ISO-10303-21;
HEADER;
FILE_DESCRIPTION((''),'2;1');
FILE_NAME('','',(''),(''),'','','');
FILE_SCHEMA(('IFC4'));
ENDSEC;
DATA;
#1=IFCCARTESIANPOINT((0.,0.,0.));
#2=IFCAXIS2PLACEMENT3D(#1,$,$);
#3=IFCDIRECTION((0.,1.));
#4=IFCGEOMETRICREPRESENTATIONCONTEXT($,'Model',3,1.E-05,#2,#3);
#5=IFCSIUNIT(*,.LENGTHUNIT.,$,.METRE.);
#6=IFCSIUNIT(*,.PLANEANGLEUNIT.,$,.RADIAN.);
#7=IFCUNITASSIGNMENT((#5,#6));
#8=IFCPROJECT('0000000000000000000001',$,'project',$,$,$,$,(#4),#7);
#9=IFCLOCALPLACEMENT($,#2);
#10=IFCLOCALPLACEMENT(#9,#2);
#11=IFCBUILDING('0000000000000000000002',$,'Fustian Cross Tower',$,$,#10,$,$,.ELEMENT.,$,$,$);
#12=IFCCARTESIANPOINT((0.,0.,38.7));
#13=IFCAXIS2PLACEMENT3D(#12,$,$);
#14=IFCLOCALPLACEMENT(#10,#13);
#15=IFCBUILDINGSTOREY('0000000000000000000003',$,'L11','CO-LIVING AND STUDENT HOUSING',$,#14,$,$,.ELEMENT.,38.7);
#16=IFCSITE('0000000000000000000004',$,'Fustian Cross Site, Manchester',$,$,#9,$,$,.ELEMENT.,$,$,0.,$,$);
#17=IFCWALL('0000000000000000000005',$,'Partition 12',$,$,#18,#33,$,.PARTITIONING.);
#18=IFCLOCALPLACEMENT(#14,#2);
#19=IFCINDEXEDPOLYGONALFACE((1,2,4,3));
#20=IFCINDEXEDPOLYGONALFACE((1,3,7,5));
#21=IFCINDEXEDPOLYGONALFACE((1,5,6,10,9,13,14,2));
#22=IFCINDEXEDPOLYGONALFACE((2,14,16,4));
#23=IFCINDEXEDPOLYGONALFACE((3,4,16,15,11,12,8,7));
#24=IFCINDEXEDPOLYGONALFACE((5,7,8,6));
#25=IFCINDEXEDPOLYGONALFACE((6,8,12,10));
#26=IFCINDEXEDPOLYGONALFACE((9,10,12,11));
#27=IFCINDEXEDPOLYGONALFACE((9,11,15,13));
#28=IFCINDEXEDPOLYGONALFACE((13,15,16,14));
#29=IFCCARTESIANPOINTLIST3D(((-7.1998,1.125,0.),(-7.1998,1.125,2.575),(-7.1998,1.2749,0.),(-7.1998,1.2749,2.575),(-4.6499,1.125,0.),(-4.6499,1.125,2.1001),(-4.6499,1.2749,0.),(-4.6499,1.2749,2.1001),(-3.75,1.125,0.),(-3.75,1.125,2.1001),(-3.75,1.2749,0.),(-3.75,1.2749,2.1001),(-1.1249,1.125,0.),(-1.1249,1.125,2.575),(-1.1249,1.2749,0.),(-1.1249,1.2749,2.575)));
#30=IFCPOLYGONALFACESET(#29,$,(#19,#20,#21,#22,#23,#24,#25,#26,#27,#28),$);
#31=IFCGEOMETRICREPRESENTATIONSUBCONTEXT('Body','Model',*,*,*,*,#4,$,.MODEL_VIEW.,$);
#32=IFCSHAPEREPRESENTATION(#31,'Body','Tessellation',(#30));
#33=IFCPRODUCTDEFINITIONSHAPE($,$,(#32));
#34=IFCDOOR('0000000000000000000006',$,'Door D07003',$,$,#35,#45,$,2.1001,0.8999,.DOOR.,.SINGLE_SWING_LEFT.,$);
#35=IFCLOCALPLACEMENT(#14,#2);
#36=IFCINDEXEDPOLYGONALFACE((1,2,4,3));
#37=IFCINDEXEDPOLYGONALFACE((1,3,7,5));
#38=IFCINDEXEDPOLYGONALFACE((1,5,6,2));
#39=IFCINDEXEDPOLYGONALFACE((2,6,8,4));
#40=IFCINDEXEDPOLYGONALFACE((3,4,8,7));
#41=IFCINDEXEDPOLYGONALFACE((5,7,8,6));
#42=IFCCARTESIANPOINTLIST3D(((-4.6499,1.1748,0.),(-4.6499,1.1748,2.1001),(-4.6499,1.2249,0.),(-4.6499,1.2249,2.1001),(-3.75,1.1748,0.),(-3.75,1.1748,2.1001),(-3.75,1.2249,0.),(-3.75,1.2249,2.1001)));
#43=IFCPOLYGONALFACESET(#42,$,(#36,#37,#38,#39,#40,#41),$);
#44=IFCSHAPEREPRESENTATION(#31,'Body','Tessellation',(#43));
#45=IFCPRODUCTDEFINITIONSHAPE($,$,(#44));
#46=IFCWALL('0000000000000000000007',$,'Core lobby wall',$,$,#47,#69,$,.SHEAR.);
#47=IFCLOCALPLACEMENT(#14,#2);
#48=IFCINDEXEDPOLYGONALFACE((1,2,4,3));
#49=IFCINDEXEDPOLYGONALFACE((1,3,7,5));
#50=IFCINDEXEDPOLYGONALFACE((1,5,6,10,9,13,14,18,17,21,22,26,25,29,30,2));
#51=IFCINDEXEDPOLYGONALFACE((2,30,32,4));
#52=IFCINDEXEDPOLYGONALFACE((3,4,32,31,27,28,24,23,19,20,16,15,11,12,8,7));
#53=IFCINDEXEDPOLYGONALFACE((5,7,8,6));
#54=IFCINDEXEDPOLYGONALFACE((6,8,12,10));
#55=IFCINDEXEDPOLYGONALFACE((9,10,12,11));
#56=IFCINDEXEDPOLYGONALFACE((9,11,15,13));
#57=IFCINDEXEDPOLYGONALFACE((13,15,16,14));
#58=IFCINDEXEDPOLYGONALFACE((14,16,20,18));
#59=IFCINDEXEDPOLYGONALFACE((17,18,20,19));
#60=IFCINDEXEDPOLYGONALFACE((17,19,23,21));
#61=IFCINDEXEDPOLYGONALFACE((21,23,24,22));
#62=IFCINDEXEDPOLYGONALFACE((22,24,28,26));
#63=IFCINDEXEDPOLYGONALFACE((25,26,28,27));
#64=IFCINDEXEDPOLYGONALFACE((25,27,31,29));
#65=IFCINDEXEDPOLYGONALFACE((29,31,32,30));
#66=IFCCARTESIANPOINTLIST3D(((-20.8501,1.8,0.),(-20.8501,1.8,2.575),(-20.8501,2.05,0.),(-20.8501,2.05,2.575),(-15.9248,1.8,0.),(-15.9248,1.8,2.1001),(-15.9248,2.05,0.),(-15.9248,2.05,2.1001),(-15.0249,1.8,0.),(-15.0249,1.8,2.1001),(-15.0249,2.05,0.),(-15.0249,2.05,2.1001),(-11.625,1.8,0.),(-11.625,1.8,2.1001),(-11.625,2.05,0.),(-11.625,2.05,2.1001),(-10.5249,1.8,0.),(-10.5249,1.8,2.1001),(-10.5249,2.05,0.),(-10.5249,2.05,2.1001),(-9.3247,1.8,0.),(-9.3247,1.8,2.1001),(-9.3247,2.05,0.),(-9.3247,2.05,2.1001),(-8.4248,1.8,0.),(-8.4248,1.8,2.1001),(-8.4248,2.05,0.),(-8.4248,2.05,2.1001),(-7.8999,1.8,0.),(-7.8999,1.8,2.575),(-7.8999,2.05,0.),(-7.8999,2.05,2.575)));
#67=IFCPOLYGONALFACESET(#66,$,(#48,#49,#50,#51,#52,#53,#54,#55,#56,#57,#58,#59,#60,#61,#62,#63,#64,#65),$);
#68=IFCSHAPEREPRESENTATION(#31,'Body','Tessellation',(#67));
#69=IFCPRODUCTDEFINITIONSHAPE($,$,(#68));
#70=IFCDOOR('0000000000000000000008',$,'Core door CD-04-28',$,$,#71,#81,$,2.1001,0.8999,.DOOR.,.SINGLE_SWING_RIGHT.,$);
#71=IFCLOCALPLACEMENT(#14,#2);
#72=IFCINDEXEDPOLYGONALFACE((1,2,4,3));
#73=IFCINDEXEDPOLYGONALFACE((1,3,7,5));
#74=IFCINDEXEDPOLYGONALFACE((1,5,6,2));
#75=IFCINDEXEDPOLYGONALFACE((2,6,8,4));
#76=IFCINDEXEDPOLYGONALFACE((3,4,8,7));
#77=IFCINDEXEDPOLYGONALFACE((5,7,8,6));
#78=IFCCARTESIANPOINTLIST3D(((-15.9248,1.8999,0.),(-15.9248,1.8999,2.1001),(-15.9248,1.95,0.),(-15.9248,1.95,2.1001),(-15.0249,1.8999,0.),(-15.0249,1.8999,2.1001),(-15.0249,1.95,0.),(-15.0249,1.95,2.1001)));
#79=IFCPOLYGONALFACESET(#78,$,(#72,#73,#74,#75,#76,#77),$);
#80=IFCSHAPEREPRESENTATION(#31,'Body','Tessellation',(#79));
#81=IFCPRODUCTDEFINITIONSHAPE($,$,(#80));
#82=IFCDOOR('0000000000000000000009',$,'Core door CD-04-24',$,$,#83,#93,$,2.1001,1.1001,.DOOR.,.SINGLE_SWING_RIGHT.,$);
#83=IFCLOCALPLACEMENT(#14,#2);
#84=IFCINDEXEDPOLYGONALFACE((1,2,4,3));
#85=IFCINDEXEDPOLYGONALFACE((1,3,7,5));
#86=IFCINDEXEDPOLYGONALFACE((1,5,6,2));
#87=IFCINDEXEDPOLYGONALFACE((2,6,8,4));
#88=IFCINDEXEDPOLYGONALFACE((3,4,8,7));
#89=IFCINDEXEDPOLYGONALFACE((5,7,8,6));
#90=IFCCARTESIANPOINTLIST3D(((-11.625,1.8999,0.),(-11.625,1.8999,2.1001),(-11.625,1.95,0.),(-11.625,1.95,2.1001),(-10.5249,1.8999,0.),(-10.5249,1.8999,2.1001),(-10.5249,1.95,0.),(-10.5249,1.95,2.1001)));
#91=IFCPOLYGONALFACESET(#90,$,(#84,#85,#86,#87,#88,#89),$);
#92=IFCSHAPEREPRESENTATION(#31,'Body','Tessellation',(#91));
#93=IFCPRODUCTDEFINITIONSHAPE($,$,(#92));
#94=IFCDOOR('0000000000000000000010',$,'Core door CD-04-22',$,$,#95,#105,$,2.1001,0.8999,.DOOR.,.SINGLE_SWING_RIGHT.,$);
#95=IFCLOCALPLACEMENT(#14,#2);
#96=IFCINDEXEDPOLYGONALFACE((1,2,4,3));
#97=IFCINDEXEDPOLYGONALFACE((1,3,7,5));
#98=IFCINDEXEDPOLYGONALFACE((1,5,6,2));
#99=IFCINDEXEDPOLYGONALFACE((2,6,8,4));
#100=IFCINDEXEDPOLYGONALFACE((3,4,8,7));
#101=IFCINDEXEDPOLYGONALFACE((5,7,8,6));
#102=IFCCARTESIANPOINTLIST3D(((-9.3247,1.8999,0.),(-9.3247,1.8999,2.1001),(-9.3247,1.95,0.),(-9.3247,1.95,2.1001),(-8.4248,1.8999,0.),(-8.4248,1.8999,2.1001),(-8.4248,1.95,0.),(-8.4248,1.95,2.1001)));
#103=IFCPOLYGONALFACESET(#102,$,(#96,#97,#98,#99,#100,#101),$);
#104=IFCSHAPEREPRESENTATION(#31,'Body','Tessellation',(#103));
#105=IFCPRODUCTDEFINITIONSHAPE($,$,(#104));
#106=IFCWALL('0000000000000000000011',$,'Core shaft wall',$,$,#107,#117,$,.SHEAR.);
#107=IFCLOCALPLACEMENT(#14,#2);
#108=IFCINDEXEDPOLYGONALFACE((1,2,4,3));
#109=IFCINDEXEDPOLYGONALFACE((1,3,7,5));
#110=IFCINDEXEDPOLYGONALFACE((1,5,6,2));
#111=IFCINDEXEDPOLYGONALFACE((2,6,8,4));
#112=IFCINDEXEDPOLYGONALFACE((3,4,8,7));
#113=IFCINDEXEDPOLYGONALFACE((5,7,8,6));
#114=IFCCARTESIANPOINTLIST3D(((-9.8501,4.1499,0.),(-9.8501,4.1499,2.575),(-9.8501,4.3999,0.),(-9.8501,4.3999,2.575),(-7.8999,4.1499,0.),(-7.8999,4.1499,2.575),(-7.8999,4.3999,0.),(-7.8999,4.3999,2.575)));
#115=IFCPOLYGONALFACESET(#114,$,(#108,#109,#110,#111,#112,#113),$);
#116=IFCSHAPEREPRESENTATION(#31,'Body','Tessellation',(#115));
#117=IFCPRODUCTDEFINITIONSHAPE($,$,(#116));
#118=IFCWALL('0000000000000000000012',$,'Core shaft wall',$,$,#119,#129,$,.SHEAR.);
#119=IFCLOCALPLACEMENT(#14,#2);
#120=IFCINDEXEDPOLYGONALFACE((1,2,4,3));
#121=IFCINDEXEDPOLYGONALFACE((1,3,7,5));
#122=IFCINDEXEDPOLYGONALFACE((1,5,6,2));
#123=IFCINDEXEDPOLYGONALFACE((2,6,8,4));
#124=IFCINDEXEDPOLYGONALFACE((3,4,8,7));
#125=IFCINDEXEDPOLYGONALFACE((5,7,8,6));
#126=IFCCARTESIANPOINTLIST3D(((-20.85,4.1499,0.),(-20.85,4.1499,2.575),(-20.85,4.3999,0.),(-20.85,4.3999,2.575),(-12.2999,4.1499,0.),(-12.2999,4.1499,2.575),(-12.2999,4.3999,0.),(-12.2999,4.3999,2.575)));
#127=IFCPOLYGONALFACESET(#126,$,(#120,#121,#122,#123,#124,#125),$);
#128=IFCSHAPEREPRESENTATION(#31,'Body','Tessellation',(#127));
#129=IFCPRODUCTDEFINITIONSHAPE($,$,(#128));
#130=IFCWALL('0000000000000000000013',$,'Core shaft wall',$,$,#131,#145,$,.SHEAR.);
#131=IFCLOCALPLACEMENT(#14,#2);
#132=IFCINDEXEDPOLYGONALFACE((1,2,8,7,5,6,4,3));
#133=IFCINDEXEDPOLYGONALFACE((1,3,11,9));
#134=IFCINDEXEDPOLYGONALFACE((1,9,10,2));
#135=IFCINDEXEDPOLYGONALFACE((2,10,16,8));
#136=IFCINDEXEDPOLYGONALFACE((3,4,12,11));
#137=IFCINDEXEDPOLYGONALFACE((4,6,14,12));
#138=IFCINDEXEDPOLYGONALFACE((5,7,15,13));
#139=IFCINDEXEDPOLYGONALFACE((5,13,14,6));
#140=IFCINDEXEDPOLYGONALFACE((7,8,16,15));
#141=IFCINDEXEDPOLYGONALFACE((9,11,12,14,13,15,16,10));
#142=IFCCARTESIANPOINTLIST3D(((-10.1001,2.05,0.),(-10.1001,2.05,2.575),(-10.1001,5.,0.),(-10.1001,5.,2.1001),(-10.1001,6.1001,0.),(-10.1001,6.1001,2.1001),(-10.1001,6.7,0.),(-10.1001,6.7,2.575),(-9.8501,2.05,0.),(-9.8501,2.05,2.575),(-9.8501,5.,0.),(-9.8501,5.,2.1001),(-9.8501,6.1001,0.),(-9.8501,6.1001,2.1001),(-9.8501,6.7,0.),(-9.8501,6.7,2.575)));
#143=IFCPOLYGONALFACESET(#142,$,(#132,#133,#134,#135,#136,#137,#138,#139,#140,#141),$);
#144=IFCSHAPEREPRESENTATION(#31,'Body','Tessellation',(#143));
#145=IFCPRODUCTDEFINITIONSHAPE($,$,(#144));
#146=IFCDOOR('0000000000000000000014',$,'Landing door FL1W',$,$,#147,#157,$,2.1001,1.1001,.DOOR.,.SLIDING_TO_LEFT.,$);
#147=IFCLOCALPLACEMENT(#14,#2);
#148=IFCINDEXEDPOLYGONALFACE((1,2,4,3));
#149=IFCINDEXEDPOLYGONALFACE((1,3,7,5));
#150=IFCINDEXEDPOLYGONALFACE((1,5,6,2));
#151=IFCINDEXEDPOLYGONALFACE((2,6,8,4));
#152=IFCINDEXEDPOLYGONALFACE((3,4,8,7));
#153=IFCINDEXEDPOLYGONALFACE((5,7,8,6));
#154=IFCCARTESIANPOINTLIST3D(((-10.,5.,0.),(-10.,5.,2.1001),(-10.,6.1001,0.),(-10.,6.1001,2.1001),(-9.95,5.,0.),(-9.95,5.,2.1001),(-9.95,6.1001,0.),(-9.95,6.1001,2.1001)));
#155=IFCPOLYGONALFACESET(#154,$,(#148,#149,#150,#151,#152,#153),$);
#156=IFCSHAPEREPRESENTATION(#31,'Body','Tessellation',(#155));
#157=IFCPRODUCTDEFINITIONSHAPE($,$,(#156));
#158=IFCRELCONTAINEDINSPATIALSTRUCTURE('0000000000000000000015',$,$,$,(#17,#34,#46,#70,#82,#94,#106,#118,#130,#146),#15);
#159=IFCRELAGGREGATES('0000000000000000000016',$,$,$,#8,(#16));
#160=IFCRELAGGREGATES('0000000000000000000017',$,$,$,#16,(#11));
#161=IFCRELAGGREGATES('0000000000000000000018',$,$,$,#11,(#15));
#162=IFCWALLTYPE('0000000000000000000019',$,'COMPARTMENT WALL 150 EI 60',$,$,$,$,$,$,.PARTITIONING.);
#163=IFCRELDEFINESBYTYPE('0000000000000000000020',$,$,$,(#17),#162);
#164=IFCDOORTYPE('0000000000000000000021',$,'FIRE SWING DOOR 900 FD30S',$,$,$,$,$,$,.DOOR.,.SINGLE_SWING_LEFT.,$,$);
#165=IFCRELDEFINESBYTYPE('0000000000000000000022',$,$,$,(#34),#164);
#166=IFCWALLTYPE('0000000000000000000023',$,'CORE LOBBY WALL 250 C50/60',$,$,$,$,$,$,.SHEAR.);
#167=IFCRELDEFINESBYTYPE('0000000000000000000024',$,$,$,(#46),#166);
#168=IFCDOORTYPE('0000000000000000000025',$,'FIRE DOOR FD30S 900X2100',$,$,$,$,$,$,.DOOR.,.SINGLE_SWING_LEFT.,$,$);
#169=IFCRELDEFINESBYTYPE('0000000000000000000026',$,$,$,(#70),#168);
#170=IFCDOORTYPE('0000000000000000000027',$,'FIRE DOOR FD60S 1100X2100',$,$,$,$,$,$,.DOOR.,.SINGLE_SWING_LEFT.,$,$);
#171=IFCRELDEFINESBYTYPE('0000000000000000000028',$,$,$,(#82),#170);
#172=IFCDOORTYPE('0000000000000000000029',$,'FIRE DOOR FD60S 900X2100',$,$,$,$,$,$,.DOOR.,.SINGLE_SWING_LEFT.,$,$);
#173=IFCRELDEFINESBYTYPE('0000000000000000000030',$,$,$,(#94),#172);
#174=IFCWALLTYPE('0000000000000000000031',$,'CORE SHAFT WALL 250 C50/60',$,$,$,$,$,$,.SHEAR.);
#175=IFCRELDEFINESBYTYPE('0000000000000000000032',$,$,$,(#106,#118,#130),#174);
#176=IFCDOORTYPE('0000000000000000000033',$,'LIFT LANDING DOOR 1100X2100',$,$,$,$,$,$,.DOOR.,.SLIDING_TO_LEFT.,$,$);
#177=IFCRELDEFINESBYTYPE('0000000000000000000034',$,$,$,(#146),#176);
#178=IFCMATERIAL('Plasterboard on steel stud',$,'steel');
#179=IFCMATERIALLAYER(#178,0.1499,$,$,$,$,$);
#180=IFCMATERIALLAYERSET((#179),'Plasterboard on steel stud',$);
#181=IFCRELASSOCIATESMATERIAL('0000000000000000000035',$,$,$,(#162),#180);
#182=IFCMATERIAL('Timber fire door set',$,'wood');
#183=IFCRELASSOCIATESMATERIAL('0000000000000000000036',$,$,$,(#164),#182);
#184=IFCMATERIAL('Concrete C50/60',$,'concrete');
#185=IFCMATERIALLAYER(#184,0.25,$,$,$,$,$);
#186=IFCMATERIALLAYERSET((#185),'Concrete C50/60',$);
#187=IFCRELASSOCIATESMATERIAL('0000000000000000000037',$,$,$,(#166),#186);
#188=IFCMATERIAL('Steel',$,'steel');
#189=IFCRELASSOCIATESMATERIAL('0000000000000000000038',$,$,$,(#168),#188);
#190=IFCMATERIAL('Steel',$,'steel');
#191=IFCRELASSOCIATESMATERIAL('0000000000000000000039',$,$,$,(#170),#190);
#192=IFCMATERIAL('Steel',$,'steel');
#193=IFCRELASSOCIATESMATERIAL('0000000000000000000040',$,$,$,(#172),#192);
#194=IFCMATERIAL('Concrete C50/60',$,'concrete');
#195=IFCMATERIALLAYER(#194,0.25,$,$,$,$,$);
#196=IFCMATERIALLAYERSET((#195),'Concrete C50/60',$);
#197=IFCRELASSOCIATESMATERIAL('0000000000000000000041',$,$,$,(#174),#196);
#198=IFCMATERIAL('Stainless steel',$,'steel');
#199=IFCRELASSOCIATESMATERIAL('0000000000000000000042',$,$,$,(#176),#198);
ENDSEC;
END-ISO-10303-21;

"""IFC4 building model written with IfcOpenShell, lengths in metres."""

from ifc_helpers import new_model, si_unit, direction, frame, frame_2d, origin, place, context, subcontext, project, spatial, rectangle, extrude, material, layer, layer_set, type_object, element, fill, save


model = new_model("IFC4")

# Units and contexts
model_context = context("Model", 3, precision=1e-05, world=origin(), true_north=direction((0.0, 1.0)))
body_context = subcontext(model_context, "Body", "Model", "MODEL_VIEW")
ifc_project = project(units=[si_unit("LENGTHUNIT", "METRE"), si_unit("PLANEANGLEUNIT", "RADIAN")], contexts=[model_context])

# Site, building, storey
site_placement = place(None, origin())
site = spatial("IfcSite", under=ifc_project, at=site_placement, Name="Fustian Cross Site, Manchester", CompositionType="ELEMENT", RefElevation=0.0)
building_placement = place(site_placement, origin())
building = spatial("IfcBuilding", under=site, at=building_placement, Name="Fustian Cross Tower", CompositionType="ELEMENT")
storey_placement = place(building_placement, frame((0.0, 0.0, 38.7)))
storey = spatial("IfcBuildingStorey", under=building, at=storey_placement, Name="L11", Description="CO-LIVING AND STUDENT HOUSING", CompositionType="ELEMENT", Elevation=38.7)

# Wall, opening, door
ifc_material_1 = material(Name="Plasterboard on steel stud", Category="steel")
ifc_layer_1 = layer(ifc_material_1, 0.1499)
ifc_layer_set_1 = layer_set([ifc_layer_1], Name="Plasterboard on steel stud")
wall_type_1 = type_object("IfcWallType", Name="COMPARTMENT WALL 150 EI 60", PredefinedType="PARTITIONING", material=ifc_layer_set_1)
wall_1_placement = place(storey_placement, frame((-7.2, 1.2, 0.0), z_axis=(0.0, 0.0, 1.0), x_axis=(1.0, 0.0, 0.0)))
wall_1 = element("IfcWall", 1, at=wall_1_placement, inside=storey, type_object=wall_type_1, Name="Partition 12", PredefinedType="PARTITIONING", context=body_context, shape_type="SweptSolid", body=[
    extrude(rectangle(XDim=6.075, YDim=0.1499, at=frame_2d((3.0376, 0.0))), origin(), (0.0, 0.0, 1.0), 2.575),
])
opening_1_placement = place(wall_1_placement, frame((2.55, 0.0, 0.0)))
opening_1 = element("IfcOpeningElement", 2, at=opening_1_placement, cuts=wall_1, PredefinedType="OPENING", context=body_context, shape_type="SweptSolid", body=[
    extrude(rectangle(XDim=0.8999, YDim=2.1001, at=frame_2d((0.45, 1.05))), frame((0.0, 0.085, 0.0), z_axis=(0.0, -1.0, 0.0), x_axis=(1.0, 0.0, 0.0)), (0.0, 0.0, 1.0), 0.1699),
])
ifc_material_2 = material(Name="Timber fire door set", Category="wood")
door_type_1 = type_object("IfcDoorType", Name="FIRE SWING DOOR 900 FD30S", OperationType="SINGLE_SWING_LEFT", PredefinedType="DOOR", material=ifc_material_2)
door_1_placement = place(opening_1_placement, origin())
door_1 = element("IfcDoor", 3, at=door_1_placement, inside=storey, type_object=door_type_1, Name="Door D07003", OperationType="SINGLE_SWING_LEFT", OverallHeight=2.1001, OverallWidth=0.8999, PredefinedType="DOOR", context=body_context, shape_type="SweptSolid", body=[
    extrude(rectangle(XDim=0.8999, YDim=2.1001, at=frame_2d((0.45, 1.05))), frame((0.0, 0.0249, 0.0), z_axis=(0.0, -1.0, 0.0), x_axis=(1.0, 0.0, 0.0)), (0.0, 0.0, 1.0), 0.05),
])
fill(opening_1, door_1)

# Wall, openings, doors
ifc_material_3 = material(Name="Concrete C50/60", Category="concrete")
ifc_layer_2 = layer(ifc_material_3, 0.25)
ifc_layer_set_2 = layer_set([ifc_layer_2], Name="Concrete C50/60")
wall_type_2 = type_object("IfcWallType", Name="CORE LOBBY WALL 250 C50/60", PredefinedType="SHEAR", material=ifc_layer_set_2)
wall_2_placement = place(storey_placement, frame((-7.8999, 1.925, 0.0), z_axis=(0.0, 0.0, 1.0), x_axis=(-1.0, 0.0, 0.0)))
wall_2 = element("IfcWall", 4, at=wall_2_placement, inside=storey, type_object=wall_type_2, Name="Core lobby wall", PredefinedType="SHEAR", context=body_context, shape_type="SweptSolid", body=[
    extrude(rectangle(XDim=12.9502, YDim=0.25, at=frame_2d((6.4751, 0.0))), origin(), (0.0, 0.0, 1.0), 2.575),
])
opening_2_placement = place(wall_2_placement, frame((0.5249, 0.0, 0.0)))
opening_2 = element("IfcOpeningElement", 5, at=opening_2_placement, cuts=wall_2, PredefinedType="OPENING", context=body_context, shape_type="SweptSolid", body=[
    extrude(rectangle(XDim=0.8999, YDim=2.1001, at=frame_2d((0.45, 1.05))), frame((0.0, 0.135, 0.0), z_axis=(0.0, -1.0, 0.0), x_axis=(1.0, 0.0, 0.0)), (0.0, 0.0, 1.0), 0.27),
])
opening_3_placement = place(wall_2_placement, frame((2.625, 0.0, 0.0)))
opening_3 = element("IfcOpeningElement", 6, at=opening_3_placement, cuts=wall_2, PredefinedType="OPENING", context=body_context, shape_type="SweptSolid", body=[
    extrude(rectangle(XDim=1.1001, YDim=2.1001, at=frame_2d((0.55, 1.05))), frame((0.0, 0.135, 0.0), z_axis=(0.0, -1.0, 0.0), x_axis=(1.0, 0.0, 0.0)), (0.0, 0.0, 1.0), 0.27),
])
opening_4_placement = place(wall_2_placement, frame((7.125, 0.0, 0.0)))
opening_4 = element("IfcOpeningElement", 7, at=opening_4_placement, cuts=wall_2, PredefinedType="OPENING", context=body_context, shape_type="SweptSolid", body=[
    extrude(rectangle(XDim=0.8999, YDim=2.1001, at=frame_2d((0.45, 1.05))), frame((0.0, 0.135, 0.0), z_axis=(0.0, -1.0, 0.0), x_axis=(1.0, 0.0, 0.0)), (0.0, 0.0, 1.0), 0.27),
])
ifc_material_4 = material(Name="Steel", Category="steel")
door_type_2 = type_object("IfcDoorType", Name="FIRE DOOR FD30S 900X2100", OperationType="SINGLE_SWING_LEFT", PredefinedType="DOOR", material=ifc_material_4)
door_2_placement = place(opening_4_placement, frame((0.8999, 0.0, 0.0), z_axis=(0.0, 0.0, 1.0), x_axis=(-1.0, 0.0, 0.0)))
door_2 = element("IfcDoor", 8, at=door_2_placement, inside=storey, type_object=door_type_2, Name="Core door CD-04-28", OperationType="SINGLE_SWING_RIGHT", OverallHeight=2.1001, OverallWidth=0.8999, PredefinedType="DOOR", context=body_context, shape_type="SweptSolid", body=[
    extrude(rectangle(XDim=0.8999, YDim=2.1001, at=frame_2d((0.45, 1.05))), frame((0.0, 0.0249, 0.0), z_axis=(0.0, -1.0, 0.0), x_axis=(1.0, 0.0, 0.0)), (0.0, 0.0, 1.0), 0.05),
])
fill(opening_4, door_2)
ifc_material_5 = material(Name="Steel", Category="steel")
door_type_3 = type_object("IfcDoorType", Name="FIRE DOOR FD60S 1100X2100", OperationType="SINGLE_SWING_LEFT", PredefinedType="DOOR", material=ifc_material_5)
door_3_placement = place(opening_3_placement, frame((1.1001, 0.0, 0.0), z_axis=(0.0, 0.0, 1.0), x_axis=(-1.0, 0.0, 0.0)))
door_3 = element("IfcDoor", 9, at=door_3_placement, inside=storey, type_object=door_type_3, Name="Core door CD-04-24", OperationType="SINGLE_SWING_RIGHT", OverallHeight=2.1001, OverallWidth=1.1001, PredefinedType="DOOR", context=body_context, shape_type="SweptSolid", body=[
    extrude(rectangle(XDim=1.1001, YDim=2.1001, at=frame_2d((0.55, 1.05))), frame((0.0, 0.0249, 0.0), z_axis=(0.0, -1.0, 0.0), x_axis=(1.0, 0.0, 0.0)), (0.0, 0.0, 1.0), 0.05),
])
fill(opening_3, door_3)
ifc_material_6 = material(Name="Steel", Category="steel")
door_type_4 = type_object("IfcDoorType", Name="FIRE DOOR FD60S 900X2100", OperationType="SINGLE_SWING_LEFT", PredefinedType="DOOR", material=ifc_material_6)
door_4_placement = place(opening_2_placement, frame((0.8999, 0.0, 0.0), z_axis=(0.0, 0.0, 1.0), x_axis=(-1.0, 0.0, 0.0)))
door_4 = element("IfcDoor", 10, at=door_4_placement, inside=storey, type_object=door_type_4, Name="Core door CD-04-22", OperationType="SINGLE_SWING_RIGHT", OverallHeight=2.1001, OverallWidth=0.8999, PredefinedType="DOOR", context=body_context, shape_type="SweptSolid", body=[
    extrude(rectangle(XDim=0.8999, YDim=2.1001, at=frame_2d((0.45, 1.05))), frame((0.0, 0.0249, 0.0), z_axis=(0.0, -1.0, 0.0), x_axis=(1.0, 0.0, 0.0)), (0.0, 0.0, 1.0), 0.05),
])
fill(opening_2, door_4)

# Walls
ifc_material_7 = material(Name="Concrete C50/60", Category="concrete")
ifc_layer_3 = layer(ifc_material_7, 0.25)
ifc_layer_set_3 = layer_set([ifc_layer_3], Name="Concrete C50/60")
wall_type_3 = type_object("IfcWallType", Name="CORE SHAFT WALL 250 C50/60", PredefinedType="SHEAR", material=ifc_layer_set_3)
wall_3_placement = place(storey_placement, frame((-7.8999, 4.2749, 0.0), z_axis=(0.0, 0.0, 1.0), x_axis=(-1.0, 0.0, 0.0)))
element("IfcWall", 11, at=wall_3_placement, inside=storey, type_object=wall_type_3, Name="Core shaft wall", PredefinedType="SHEAR", context=body_context, shape_type="SweptSolid", body=[
    extrude(rectangle(XDim=1.9502, YDim=0.25, at=frame_2d((0.9751, 0.0))), origin(), (0.0, 0.0, 1.0), 2.575),
])
wall_4_placement = place(storey_placement, frame((-12.3, 4.2749, 0.0), z_axis=(0.0, 0.0, 1.0), x_axis=(-1.0, 0.0, 0.0)))
element("IfcWall", 12, at=wall_4_placement, inside=storey, type_object=wall_type_3, Name="Core shaft wall", PredefinedType="SHEAR", context=body_context, shape_type="SweptSolid", body=[
    extrude(rectangle(XDim=8.55, YDim=0.25, at=frame_2d((4.2749, 0.0))), origin(), (0.0, 0.0, 1.0), 2.575),
])

# Wall, opening, door
wall_5_placement = place(storey_placement, frame((-9.9751, 2.05, 0.0), z_axis=(0.0, 0.0, 1.0), x_axis=(0.0, 1.0, 0.0)))
wall_5 = element("IfcWall", 13, at=wall_5_placement, inside=storey, type_object=wall_type_3, Name="Core shaft wall", PredefinedType="SHEAR", context=body_context, shape_type="SweptSolid", body=[
    extrude(rectangle(XDim=4.6499, YDim=0.25, at=frame_2d((2.325, 0.0))), origin(), (0.0, 0.0, 1.0), 2.575),
])
opening_5_placement = place(wall_5_placement, frame((2.95, 0.0, 0.0)))
opening_5 = element("IfcOpeningElement", 14, at=opening_5_placement, cuts=wall_5, PredefinedType="OPENING", context=body_context, shape_type="SweptSolid", body=[
    extrude(rectangle(XDim=1.1001, YDim=2.1001, at=frame_2d((0.55, 1.05))), frame((0.0, 0.135, 0.0), z_axis=(0.0, -1.0, 0.0), x_axis=(1.0, 0.0, 0.0)), (0.0, 0.0, 1.0), 0.27),
])
ifc_material_8 = material(Name="Stainless steel", Category="steel")
door_type_5 = type_object("IfcDoorType", Name="LIFT LANDING DOOR 1100X2100", OperationType="SLIDING_TO_LEFT", PredefinedType="DOOR", material=ifc_material_8)
door_5_placement = place(opening_5_placement, origin())
door_5 = element("IfcDoor", 15, at=door_5_placement, inside=storey, type_object=door_type_5, Name="Landing door FL1W", OperationType="SLIDING_TO_LEFT", OverallHeight=2.1001, OverallWidth=1.1001, PredefinedType="DOOR", context=body_context, shape_type="SweptSolid", body=[
    extrude(rectangle(XDim=1.1001, YDim=2.1001, at=frame_2d((0.55, 1.05))), frame((0.0, 0.0249, 0.0), z_axis=(0.0, -1.0, 0.0), x_axis=(1.0, 0.0, 0.0)), (0.0, 0.0, 1.0), 0.05),
])
fill(opening_5, door_5)

save(model, "model.ifc")
